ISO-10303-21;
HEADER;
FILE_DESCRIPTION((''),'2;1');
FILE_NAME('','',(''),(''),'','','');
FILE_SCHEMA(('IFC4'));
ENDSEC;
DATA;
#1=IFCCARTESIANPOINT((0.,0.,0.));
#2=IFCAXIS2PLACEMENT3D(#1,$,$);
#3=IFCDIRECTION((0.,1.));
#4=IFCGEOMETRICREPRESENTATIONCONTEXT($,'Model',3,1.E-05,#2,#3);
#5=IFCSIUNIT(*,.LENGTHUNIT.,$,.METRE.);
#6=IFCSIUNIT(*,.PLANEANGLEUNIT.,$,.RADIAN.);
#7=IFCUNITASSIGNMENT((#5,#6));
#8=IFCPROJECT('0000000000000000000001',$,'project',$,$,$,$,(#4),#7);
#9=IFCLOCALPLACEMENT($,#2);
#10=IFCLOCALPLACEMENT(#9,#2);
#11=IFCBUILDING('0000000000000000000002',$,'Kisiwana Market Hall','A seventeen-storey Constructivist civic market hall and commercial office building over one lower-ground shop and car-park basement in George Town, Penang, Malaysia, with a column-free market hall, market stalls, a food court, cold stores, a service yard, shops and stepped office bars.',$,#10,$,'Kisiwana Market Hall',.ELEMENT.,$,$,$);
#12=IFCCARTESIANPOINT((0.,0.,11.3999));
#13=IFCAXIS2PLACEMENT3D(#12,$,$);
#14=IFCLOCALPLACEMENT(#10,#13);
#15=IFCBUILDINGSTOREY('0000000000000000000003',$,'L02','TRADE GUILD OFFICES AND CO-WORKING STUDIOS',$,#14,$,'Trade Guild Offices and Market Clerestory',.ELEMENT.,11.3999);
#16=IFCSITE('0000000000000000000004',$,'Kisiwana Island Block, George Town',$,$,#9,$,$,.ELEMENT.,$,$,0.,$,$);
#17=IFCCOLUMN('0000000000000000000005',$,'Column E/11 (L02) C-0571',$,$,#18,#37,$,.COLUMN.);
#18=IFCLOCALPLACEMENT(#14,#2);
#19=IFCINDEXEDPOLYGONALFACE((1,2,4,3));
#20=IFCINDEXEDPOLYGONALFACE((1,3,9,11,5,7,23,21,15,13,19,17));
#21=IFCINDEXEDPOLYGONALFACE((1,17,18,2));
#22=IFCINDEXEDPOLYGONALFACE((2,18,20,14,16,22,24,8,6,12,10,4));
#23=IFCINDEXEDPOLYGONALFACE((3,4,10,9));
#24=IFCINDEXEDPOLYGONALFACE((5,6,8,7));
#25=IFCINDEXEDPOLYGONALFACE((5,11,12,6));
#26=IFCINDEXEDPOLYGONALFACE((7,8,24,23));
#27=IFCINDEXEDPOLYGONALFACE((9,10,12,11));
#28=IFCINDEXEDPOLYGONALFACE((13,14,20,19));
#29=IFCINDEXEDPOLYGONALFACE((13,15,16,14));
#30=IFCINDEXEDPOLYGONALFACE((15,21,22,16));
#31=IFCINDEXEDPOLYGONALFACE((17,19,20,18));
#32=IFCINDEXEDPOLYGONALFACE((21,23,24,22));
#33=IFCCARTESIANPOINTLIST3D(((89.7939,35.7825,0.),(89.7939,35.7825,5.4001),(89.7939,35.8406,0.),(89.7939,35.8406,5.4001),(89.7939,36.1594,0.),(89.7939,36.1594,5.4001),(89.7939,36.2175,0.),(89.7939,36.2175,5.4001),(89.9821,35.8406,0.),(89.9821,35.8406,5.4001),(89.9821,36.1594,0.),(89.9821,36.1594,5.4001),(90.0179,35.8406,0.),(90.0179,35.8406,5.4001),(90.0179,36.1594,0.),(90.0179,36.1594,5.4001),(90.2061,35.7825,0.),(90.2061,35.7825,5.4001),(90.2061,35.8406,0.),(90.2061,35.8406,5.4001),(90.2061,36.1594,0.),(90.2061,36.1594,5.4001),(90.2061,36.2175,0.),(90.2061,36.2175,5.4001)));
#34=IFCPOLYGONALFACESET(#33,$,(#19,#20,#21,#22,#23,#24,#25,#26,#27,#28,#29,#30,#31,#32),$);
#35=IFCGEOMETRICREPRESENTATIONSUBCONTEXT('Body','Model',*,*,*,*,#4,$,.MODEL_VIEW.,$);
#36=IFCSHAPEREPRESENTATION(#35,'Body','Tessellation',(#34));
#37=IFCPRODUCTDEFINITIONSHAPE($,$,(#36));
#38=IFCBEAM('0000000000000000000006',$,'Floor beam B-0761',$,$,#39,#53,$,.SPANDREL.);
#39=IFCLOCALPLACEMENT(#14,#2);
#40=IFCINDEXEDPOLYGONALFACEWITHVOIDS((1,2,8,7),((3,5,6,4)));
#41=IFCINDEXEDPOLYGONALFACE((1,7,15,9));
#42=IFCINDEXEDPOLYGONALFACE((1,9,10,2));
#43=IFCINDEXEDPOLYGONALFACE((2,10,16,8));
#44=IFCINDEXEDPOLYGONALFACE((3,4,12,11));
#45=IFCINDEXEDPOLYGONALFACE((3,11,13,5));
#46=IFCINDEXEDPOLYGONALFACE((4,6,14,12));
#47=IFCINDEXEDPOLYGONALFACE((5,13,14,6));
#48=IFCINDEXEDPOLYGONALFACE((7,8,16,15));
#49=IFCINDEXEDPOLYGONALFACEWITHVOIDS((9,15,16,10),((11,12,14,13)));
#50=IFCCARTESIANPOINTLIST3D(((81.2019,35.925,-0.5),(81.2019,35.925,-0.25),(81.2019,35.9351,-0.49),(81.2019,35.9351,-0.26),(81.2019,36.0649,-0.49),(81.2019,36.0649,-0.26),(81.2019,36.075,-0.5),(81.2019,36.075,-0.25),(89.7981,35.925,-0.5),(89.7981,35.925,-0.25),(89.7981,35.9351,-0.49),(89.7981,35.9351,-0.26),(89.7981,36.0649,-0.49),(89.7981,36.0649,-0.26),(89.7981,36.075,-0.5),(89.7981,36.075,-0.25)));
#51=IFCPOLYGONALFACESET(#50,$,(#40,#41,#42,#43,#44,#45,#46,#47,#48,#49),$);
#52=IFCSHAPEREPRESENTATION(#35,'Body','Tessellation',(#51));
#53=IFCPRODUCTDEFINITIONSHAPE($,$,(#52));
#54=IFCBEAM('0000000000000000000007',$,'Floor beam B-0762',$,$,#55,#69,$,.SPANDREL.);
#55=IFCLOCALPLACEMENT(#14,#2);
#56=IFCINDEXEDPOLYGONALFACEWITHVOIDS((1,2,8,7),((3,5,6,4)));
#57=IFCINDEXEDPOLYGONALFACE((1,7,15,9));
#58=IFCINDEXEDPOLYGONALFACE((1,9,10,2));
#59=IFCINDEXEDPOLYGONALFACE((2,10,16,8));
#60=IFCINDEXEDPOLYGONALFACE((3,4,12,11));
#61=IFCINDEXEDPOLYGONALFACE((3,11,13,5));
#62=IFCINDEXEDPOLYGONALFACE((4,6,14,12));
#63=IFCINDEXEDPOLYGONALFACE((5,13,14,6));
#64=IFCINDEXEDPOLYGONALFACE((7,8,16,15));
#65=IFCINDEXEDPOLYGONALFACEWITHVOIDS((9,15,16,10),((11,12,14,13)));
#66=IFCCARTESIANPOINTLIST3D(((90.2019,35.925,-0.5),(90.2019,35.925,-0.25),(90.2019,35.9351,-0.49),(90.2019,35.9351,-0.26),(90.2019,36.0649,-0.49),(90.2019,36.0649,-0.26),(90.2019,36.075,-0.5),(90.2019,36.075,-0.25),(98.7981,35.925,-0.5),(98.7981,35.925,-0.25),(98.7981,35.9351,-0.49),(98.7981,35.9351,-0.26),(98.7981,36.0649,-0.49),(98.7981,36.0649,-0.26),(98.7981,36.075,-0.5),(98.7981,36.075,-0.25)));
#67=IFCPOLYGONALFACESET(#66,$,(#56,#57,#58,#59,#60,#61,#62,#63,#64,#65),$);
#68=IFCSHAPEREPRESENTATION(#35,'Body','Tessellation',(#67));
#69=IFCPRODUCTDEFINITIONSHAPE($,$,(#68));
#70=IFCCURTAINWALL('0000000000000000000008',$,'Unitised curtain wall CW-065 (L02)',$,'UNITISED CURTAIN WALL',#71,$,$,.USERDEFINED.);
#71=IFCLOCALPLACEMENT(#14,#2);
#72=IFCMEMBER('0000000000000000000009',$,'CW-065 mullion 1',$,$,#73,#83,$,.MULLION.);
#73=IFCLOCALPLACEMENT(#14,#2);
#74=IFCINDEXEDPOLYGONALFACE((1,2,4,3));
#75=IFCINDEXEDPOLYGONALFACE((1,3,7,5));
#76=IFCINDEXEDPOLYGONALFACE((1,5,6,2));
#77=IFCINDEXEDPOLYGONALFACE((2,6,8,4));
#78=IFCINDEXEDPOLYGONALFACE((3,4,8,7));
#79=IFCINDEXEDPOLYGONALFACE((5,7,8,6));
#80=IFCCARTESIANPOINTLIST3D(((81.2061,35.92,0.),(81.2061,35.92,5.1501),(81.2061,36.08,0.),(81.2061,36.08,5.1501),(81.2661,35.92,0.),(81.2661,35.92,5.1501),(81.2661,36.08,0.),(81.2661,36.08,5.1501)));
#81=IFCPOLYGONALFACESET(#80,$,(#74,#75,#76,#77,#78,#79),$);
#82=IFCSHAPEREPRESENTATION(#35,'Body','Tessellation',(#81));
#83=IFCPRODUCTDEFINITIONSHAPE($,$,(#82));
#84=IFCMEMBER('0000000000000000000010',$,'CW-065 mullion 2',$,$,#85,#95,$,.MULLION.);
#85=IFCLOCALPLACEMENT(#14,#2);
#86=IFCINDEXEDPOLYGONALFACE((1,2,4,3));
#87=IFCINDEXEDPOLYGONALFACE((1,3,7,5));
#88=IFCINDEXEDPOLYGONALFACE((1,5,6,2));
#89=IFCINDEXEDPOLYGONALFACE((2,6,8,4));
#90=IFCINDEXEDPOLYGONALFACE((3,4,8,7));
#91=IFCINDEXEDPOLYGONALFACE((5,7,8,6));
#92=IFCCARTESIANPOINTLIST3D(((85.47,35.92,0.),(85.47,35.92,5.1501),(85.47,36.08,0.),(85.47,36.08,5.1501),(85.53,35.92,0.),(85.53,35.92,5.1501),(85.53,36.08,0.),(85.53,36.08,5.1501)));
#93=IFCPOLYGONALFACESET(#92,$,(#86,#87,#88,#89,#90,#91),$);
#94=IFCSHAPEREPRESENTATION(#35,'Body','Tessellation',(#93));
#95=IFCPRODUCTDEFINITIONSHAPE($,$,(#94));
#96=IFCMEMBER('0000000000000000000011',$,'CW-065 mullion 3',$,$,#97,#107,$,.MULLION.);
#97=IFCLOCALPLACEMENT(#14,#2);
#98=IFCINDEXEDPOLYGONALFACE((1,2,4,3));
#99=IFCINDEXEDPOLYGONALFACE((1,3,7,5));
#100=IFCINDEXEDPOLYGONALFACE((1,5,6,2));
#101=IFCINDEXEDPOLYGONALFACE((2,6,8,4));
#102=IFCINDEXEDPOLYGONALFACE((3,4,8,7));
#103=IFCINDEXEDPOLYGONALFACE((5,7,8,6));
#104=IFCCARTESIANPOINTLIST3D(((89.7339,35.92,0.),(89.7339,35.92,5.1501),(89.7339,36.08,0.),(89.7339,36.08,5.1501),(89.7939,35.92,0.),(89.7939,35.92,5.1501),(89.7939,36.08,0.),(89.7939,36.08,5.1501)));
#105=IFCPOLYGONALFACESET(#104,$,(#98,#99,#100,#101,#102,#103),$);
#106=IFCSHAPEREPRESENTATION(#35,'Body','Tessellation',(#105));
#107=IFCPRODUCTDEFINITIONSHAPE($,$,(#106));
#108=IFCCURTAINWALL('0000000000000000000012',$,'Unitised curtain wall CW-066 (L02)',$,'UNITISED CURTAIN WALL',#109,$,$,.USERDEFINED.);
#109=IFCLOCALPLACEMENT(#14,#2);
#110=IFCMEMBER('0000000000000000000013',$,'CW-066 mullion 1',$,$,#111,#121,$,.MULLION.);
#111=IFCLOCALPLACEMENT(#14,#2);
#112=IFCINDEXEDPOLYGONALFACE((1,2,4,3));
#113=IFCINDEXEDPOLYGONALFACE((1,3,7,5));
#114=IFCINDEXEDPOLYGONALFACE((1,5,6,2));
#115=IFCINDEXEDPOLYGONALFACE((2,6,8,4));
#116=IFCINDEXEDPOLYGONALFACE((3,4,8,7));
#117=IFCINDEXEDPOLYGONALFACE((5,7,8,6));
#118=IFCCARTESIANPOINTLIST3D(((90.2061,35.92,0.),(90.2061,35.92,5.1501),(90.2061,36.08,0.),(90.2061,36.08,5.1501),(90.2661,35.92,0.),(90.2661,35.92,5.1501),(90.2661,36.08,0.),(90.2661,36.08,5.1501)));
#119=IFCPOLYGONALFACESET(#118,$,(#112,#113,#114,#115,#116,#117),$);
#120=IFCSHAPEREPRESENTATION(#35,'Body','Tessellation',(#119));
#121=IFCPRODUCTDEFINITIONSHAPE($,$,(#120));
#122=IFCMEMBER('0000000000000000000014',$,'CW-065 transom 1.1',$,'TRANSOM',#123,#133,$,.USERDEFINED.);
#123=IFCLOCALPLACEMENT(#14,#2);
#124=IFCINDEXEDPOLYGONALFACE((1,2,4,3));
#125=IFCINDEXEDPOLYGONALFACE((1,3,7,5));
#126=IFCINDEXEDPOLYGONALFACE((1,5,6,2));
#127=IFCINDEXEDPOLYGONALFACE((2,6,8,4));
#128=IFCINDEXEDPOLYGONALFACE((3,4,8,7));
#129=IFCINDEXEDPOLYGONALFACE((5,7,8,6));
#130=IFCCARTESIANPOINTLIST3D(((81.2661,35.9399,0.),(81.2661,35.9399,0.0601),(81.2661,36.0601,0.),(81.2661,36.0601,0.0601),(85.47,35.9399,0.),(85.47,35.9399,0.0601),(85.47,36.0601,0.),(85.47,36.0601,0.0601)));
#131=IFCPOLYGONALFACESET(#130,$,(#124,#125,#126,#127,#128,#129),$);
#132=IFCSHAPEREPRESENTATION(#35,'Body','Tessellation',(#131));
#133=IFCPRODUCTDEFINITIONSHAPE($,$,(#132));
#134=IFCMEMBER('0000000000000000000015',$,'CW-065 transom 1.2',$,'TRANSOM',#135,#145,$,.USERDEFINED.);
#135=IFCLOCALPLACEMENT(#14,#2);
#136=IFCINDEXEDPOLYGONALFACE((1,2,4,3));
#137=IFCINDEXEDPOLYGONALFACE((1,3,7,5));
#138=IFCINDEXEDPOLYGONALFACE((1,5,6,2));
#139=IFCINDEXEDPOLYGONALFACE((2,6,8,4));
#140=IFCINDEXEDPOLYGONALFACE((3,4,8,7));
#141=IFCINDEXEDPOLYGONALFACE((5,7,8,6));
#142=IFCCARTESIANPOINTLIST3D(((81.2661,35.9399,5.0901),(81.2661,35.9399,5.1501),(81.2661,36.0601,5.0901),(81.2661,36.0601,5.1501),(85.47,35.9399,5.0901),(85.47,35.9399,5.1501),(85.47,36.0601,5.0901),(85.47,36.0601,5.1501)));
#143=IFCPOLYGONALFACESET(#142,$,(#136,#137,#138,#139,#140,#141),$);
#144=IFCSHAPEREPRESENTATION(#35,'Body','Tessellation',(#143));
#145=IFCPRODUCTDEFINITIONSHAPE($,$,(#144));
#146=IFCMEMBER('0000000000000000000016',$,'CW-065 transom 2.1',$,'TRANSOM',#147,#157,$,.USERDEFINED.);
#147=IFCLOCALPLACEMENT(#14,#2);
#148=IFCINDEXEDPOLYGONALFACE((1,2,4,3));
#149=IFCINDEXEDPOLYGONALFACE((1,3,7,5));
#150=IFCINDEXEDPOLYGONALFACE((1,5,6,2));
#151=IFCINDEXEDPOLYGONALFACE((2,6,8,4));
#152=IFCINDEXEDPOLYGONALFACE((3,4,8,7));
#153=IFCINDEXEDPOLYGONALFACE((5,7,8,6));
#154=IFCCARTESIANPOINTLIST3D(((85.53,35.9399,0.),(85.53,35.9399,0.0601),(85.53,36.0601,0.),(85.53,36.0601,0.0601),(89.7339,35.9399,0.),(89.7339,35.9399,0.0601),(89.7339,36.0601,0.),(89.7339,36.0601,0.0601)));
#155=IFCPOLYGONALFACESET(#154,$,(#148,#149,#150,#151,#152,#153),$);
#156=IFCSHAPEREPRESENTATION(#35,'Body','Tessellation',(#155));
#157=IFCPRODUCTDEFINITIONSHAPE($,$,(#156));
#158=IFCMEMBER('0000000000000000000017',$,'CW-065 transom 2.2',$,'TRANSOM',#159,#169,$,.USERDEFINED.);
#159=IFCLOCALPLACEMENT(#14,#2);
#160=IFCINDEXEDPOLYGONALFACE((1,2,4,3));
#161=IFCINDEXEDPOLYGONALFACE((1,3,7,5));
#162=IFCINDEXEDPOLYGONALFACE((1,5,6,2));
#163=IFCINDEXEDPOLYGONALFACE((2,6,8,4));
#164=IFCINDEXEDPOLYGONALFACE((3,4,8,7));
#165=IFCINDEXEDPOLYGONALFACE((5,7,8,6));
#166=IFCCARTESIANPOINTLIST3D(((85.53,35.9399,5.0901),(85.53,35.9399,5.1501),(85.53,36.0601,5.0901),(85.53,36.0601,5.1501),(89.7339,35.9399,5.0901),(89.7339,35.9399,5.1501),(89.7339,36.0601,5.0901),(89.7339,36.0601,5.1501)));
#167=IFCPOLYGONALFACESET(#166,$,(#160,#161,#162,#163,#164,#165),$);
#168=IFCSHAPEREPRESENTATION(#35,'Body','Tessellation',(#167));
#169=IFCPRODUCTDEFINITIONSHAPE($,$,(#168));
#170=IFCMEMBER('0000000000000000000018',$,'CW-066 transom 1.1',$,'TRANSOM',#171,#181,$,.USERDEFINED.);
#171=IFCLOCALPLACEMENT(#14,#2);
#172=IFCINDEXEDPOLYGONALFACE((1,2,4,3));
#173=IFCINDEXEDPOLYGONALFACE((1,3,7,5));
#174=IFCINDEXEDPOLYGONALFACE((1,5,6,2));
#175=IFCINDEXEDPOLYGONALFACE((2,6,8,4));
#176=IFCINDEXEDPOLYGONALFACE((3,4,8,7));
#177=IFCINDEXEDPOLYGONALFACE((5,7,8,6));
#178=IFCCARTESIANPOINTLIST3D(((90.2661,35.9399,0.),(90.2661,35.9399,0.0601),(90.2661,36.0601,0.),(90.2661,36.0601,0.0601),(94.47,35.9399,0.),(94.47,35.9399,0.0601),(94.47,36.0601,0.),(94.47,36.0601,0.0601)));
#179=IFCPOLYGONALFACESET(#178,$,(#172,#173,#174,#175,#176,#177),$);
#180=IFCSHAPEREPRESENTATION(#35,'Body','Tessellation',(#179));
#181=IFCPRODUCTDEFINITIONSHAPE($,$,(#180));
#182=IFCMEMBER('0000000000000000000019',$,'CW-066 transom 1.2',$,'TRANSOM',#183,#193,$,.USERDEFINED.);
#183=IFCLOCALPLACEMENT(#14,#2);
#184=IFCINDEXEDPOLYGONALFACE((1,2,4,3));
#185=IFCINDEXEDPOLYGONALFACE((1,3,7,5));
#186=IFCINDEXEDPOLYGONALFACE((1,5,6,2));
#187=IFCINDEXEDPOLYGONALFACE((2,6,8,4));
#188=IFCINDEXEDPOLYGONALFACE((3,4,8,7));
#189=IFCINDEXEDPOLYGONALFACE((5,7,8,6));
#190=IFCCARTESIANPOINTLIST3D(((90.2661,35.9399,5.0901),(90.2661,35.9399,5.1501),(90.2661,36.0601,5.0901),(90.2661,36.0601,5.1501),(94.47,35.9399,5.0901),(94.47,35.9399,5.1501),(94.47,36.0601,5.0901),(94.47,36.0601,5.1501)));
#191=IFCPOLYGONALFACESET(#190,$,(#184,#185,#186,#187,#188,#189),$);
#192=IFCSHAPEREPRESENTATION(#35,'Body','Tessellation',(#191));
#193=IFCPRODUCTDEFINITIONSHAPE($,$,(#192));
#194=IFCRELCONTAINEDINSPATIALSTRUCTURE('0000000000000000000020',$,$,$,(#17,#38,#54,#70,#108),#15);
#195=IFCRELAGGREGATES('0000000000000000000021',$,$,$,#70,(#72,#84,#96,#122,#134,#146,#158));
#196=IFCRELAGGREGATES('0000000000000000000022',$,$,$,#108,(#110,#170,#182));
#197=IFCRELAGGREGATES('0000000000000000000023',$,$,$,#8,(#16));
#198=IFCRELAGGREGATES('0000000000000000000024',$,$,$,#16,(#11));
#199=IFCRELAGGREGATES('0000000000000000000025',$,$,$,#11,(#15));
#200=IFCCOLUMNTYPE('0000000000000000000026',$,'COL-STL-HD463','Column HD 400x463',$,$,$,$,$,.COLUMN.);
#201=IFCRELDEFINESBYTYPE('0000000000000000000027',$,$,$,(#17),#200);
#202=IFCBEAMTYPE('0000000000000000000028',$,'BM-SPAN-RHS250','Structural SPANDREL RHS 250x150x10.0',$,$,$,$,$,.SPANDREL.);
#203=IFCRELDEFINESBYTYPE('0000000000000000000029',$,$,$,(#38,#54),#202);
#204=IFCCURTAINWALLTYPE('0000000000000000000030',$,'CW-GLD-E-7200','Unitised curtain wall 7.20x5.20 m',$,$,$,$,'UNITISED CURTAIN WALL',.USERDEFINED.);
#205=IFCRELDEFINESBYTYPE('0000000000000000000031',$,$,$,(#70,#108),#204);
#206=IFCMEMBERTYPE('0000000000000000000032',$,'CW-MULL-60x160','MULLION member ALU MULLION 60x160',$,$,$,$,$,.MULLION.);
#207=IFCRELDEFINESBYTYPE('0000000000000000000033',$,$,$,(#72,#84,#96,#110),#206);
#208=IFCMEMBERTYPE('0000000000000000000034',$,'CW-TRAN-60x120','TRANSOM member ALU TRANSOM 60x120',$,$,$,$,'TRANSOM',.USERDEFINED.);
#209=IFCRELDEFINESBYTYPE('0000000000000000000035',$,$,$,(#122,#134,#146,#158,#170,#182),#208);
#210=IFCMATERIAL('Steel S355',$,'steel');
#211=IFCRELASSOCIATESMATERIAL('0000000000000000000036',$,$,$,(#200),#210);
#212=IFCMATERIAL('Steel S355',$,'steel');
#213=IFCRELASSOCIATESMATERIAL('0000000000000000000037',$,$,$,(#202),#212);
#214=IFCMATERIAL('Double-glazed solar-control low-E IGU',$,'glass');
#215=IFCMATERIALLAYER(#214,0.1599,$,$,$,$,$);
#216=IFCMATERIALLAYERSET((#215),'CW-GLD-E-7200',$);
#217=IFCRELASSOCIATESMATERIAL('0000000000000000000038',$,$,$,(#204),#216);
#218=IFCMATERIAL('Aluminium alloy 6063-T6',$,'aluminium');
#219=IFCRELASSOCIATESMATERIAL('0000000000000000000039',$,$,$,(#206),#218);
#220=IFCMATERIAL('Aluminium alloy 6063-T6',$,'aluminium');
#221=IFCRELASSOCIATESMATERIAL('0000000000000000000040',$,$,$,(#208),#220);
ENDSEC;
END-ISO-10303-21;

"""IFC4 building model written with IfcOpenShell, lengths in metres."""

from ifc_helpers import new_model, si_unit, direction, frame, origin, origin_2d, place, context, subcontext, project, spatial, rectangle, hollow_rectangle, i_section, extrude, material, layer, layer_set, material_profile, profile_set, type_object, element, aggregate, save


model = new_model("IFC4")

# Units and contexts
model_context = context("Model", 3, precision=1e-05, world=origin(), true_north=direction((0.0, 1.0)))
body_context = subcontext(model_context, "Body", "Model", "MODEL_VIEW")
ifc_project = project(units=[si_unit("LENGTHUNIT", "METRE"), si_unit("PLANEANGLEUNIT", "RADIAN")], contexts=[model_context])

# Site, building, storey
site_placement = place(None, origin())
site = spatial("IfcSite", under=ifc_project, at=site_placement, Name="Kisiwana Island Block, George Town", CompositionType="ELEMENT", RefElevation=0.0)
building_placement = place(site_placement, origin())
building = spatial("IfcBuilding", under=site, at=building_placement, Name="Kisiwana Market Hall", Description="A seventeen-storey Constructivist civic market hall and commercial office building over one lower-ground shop and car-park basement in George Town, Penang, Malaysia, with a column-free market hall, market stalls, a food court, cold stores, a service yard, shops and stepped office bars.", LongName="Kisiwana Market Hall", CompositionType="ELEMENT")
storey_placement = place(building_placement, frame((0.0, 0.0, 11.3999)))
storey = spatial("IfcBuildingStorey", under=building, at=storey_placement, Name="L02", Description="TRADE GUILD OFFICES AND CO-WORKING STUDIOS", LongName="Trade Guild Offices and Market Clerestory", CompositionType="ELEMENT", Elevation=11.3999)

# Column
ifc_material_1 = material(Name="Steel S355", Category="steel")
ifc_material_profile_1 = material_profile(ifc_material_1, i_section(OverallWidth=0.4121, OverallDepth=0.4351, WebThickness=0.0359, FlangeThickness=0.0581, at=origin_2d()), Name="HD 400x463")
ifc_profile_set_1 = profile_set([ifc_material_profile_1], Name="Steel S355")
column_type = type_object("IfcColumnType", Name="COL-STL-HD463", Description="Column HD 400x463", PredefinedType="COLUMN", material=ifc_profile_set_1)
column_placement = place(storey_placement, frame((90.0, 36.0, 0.0), z_axis=(0.0, 0.0, 1.0), x_axis=(1.0, 0.0, 0.0)))
element("IfcColumn", 1, at=column_placement, inside=storey, type_object=column_type, Name="Column E/11 (L02) C-0571", PredefinedType="COLUMN", context=body_context, shape_type="SweptSolid", body=[
    extrude(i_section(OverallWidth=0.4121, OverallDepth=0.4351, WebThickness=0.0359, FlangeThickness=0.0581, at=origin_2d()), origin(), (0.0, 0.0, 1.0), 5.4001),
])

# Beams
ifc_material_2 = material(Name="Steel S355", Category="steel")
ifc_material_profile_2 = material_profile(ifc_material_2, hollow_rectangle(XDim=0.1499, YDim=0.25, WallThickness=0.01, at=origin_2d()), Name="RHS 250x150x10.0")
ifc_profile_set_2 = profile_set([ifc_material_profile_2], Name="Steel S355")
beam_type = type_object("IfcBeamType", Name="BM-SPAN-RHS250", Description="Structural SPANDREL RHS 250x150x10.0", PredefinedType="SPANDREL", material=ifc_profile_set_2)
for number, where, z_axis, x_axis, name in (
    (2, (81.2019, 36.0, -0.375), (1.0, 0.0, 0.0), (0.0, 1.0, 0.0), "Floor beam B-0761"),
    (3, (90.2019, 36.0, -0.375), (1.0, 0.0, 0.0), (0.0, 1.0, 0.0), "Floor beam B-0762"),
):
    element("IfcBeam", number, at=place(storey_placement, frame(where, z_axis=z_axis, x_axis=x_axis)), inside=storey, type_object=beam_type, Name=name, PredefinedType="SPANDREL", context=body_context, shape_type="SweptSolid", body=[
        extrude(hollow_rectangle(XDim=0.1499, YDim=0.25, WallThickness=0.01, at=origin_2d()), origin(), (0.0, 0.0, 1.0), 8.5962),
    ])

# Curtain wall, members
ifc_material_3 = material(Name="Double-glazed solar-control low-E IGU", Category="glass")
ifc_layer_1 = layer(ifc_material_3, 0.1599)
ifc_layer_set_1 = layer_set([ifc_layer_1], Name="CW-GLD-E-7200")
curtain_wall_type = type_object("IfcCurtainWallType", Name="CW-GLD-E-7200", Description="Unitised curtain wall 7.20x5.20 m", ElementType="UNITISED CURTAIN WALL", PredefinedType="USERDEFINED", material=ifc_layer_set_1)
curtain_wall_1_placement = place(storey_placement, origin())
curtain_wall_1 = element("IfcCurtainWall", 4, at=curtain_wall_1_placement, inside=storey, type_object=curtain_wall_type, Name="Unitised curtain wall CW-065 (L02)", ObjectType="UNITISED CURTAIN WALL", PredefinedType="USERDEFINED")
ifc_material_4 = material(Name="Aluminium alloy 6063-T6", Category="aluminium")
ifc_material_profile_3 = material_profile(ifc_material_4, rectangle(XDim=0.0601, YDim=0.1599, at=origin_2d()), Name="ALU MULLION 60x160")
ifc_profile_set_3 = profile_set([ifc_material_profile_3], Name="Aluminium alloy 6063-T6")
member_type_1 = type_object("IfcMemberType", Name="CW-MULL-60x160", Description="MULLION member ALU MULLION 60x160", PredefinedType="MULLION", material=ifc_profile_set_3)
member_1_placement = place(storey_placement, frame((81.2361, 36.0, 0.0), z_axis=(0.0, 0.0, 1.0), x_axis=(1.0, 0.0, 0.0)))
member_1 = element("IfcMember", 5, at=member_1_placement, type_object=member_type_1, Name="CW-065 mullion 1", PredefinedType="MULLION", context=body_context, shape_type="SweptSolid", body=[
    extrude(rectangle(XDim=0.0601, YDim=0.1599, at=origin_2d()), origin(), (0.0, 0.0, 1.0), 5.1501),
])
member_2_placement = place(storey_placement, frame((85.5, 36.0, 0.0), z_axis=(0.0, 0.0, 1.0), x_axis=(1.0, 0.0, 0.0)))
member_2 = element("IfcMember", 6, at=member_2_placement, type_object=member_type_1, Name="CW-065 mullion 2", PredefinedType="MULLION", context=body_context, shape_type="SweptSolid", body=[
    extrude(rectangle(XDim=0.0601, YDim=0.1599, at=origin_2d()), origin(), (0.0, 0.0, 1.0), 5.1501),
])
member_3_placement = place(storey_placement, frame((89.7639, 36.0, 0.0), z_axis=(0.0, 0.0, 1.0), x_axis=(1.0, 0.0, 0.0)))
member_3 = element("IfcMember", 7, at=member_3_placement, type_object=member_type_1, Name="CW-065 mullion 3", PredefinedType="MULLION", context=body_context, shape_type="SweptSolid", body=[
    extrude(rectangle(XDim=0.0601, YDim=0.1599, at=origin_2d()), origin(), (0.0, 0.0, 1.0), 5.1501),
])

# Curtain wall, member
curtain_wall_2_placement = place(storey_placement, origin())
curtain_wall_2 = element("IfcCurtainWall", 8, at=curtain_wall_2_placement, inside=storey, type_object=curtain_wall_type, Name="Unitised curtain wall CW-066 (L02)", ObjectType="UNITISED CURTAIN WALL", PredefinedType="USERDEFINED")
member_4_placement = place(storey_placement, frame((90.2361, 36.0, 0.0), z_axis=(0.0, 0.0, 1.0), x_axis=(1.0, 0.0, 0.0)))
member_4 = element("IfcMember", 9, at=member_4_placement, type_object=member_type_1, Name="CW-066 mullion 1", PredefinedType="MULLION", context=body_context, shape_type="SweptSolid", body=[
    extrude(rectangle(XDim=0.0601, YDim=0.1599, at=origin_2d()), origin(), (0.0, 0.0, 1.0), 5.1501),
])

# Members
ifc_material_5 = material(Name="Aluminium alloy 6063-T6", Category="aluminium")
ifc_material_profile_4 = material_profile(ifc_material_5, rectangle(XDim=0.1201, YDim=0.0601, at=origin_2d()), Name="ALU TRANSOM 60x120")
ifc_profile_set_4 = profile_set([ifc_material_profile_4], Name="Aluminium alloy 6063-T6")
member_type_2 = type_object("IfcMemberType", Name="CW-TRAN-60x120", Description="TRANSOM member ALU TRANSOM 60x120", ElementType="TRANSOM", PredefinedType="USERDEFINED", material=ifc_profile_set_4)
member_5_placement = place(storey_placement, frame((81.2661, 36.0, 0.03), z_axis=(1.0, 0.0, 0.0), x_axis=(0.0, 1.0, 0.0)))
member_5 = element("IfcMember", 10, at=member_5_placement, type_object=member_type_2, Name="CW-065 transom 1.1", ObjectType="TRANSOM", PredefinedType="USERDEFINED", context=body_context, shape_type="SweptSolid", body=[
    extrude(rectangle(XDim=0.1201, YDim=0.0601, at=origin_2d()), origin(), (0.0, 0.0, 1.0), 4.2039),
])
member_6_placement = place(storey_placement, frame((81.2661, 36.0, 5.1201), z_axis=(1.0, 0.0, 0.0), x_axis=(0.0, 1.0, 0.0)))
member_6 = element("IfcMember", 11, at=member_6_placement, type_object=member_type_2, Name="CW-065 transom 1.2", ObjectType="TRANSOM", PredefinedType="USERDEFINED", context=body_context, shape_type="SweptSolid", body=[
    extrude(rectangle(XDim=0.1201, YDim=0.0601, at=origin_2d()), origin(), (0.0, 0.0, 1.0), 4.2039),
])
member_7_placement = place(storey_placement, frame((85.53, 36.0, 0.03), z_axis=(1.0, 0.0, 0.0), x_axis=(0.0, 1.0, 0.0)))
member_7 = element("IfcMember", 12, at=member_7_placement, type_object=member_type_2, Name="CW-065 transom 2.1", ObjectType="TRANSOM", PredefinedType="USERDEFINED", context=body_context, shape_type="SweptSolid", body=[
    extrude(rectangle(XDim=0.1201, YDim=0.0601, at=origin_2d()), origin(), (0.0, 0.0, 1.0), 4.2039),
])
member_8_placement = place(storey_placement, frame((85.53, 36.0, 5.1201), z_axis=(1.0, 0.0, 0.0), x_axis=(0.0, 1.0, 0.0)))
member_8 = element("IfcMember", 13, at=member_8_placement, type_object=member_type_2, Name="CW-065 transom 2.2", ObjectType="TRANSOM", PredefinedType="USERDEFINED", context=body_context, shape_type="SweptSolid", body=[
    extrude(rectangle(XDim=0.1201, YDim=0.0601, at=origin_2d()), origin(), (0.0, 0.0, 1.0), 4.2039),
])
member_9_placement = place(storey_placement, frame((90.2661, 36.0, 0.03), z_axis=(1.0, 0.0, 0.0), x_axis=(0.0, 1.0, 0.0)))
member_9 = element("IfcMember", 14, at=member_9_placement, type_object=member_type_2, Name="CW-066 transom 1.1", ObjectType="TRANSOM", PredefinedType="USERDEFINED", context=body_context, shape_type="SweptSolid", body=[
    extrude(rectangle(XDim=0.1201, YDim=0.0601, at=origin_2d()), origin(), (0.0, 0.0, 1.0), 4.2039),
])
member_10_placement = place(storey_placement, frame((90.2661, 36.0, 5.1201), z_axis=(1.0, 0.0, 0.0), x_axis=(0.0, 1.0, 0.0)))
member_10 = element("IfcMember", 15, at=member_10_placement, type_object=member_type_2, Name="CW-066 transom 1.2", ObjectType="TRANSOM", PredefinedType="USERDEFINED", context=body_context, shape_type="SweptSolid", body=[
    extrude(rectangle(XDim=0.1201, YDim=0.0601, at=origin_2d()), origin(), (0.0, 0.0, 1.0), 4.2039),
])

aggregate(curtain_wall_1, [member_1, member_2, member_3, member_5, member_6, member_7, member_8])
aggregate(curtain_wall_2, [member_4, member_9, member_10])

save(model, "model.ifc")
